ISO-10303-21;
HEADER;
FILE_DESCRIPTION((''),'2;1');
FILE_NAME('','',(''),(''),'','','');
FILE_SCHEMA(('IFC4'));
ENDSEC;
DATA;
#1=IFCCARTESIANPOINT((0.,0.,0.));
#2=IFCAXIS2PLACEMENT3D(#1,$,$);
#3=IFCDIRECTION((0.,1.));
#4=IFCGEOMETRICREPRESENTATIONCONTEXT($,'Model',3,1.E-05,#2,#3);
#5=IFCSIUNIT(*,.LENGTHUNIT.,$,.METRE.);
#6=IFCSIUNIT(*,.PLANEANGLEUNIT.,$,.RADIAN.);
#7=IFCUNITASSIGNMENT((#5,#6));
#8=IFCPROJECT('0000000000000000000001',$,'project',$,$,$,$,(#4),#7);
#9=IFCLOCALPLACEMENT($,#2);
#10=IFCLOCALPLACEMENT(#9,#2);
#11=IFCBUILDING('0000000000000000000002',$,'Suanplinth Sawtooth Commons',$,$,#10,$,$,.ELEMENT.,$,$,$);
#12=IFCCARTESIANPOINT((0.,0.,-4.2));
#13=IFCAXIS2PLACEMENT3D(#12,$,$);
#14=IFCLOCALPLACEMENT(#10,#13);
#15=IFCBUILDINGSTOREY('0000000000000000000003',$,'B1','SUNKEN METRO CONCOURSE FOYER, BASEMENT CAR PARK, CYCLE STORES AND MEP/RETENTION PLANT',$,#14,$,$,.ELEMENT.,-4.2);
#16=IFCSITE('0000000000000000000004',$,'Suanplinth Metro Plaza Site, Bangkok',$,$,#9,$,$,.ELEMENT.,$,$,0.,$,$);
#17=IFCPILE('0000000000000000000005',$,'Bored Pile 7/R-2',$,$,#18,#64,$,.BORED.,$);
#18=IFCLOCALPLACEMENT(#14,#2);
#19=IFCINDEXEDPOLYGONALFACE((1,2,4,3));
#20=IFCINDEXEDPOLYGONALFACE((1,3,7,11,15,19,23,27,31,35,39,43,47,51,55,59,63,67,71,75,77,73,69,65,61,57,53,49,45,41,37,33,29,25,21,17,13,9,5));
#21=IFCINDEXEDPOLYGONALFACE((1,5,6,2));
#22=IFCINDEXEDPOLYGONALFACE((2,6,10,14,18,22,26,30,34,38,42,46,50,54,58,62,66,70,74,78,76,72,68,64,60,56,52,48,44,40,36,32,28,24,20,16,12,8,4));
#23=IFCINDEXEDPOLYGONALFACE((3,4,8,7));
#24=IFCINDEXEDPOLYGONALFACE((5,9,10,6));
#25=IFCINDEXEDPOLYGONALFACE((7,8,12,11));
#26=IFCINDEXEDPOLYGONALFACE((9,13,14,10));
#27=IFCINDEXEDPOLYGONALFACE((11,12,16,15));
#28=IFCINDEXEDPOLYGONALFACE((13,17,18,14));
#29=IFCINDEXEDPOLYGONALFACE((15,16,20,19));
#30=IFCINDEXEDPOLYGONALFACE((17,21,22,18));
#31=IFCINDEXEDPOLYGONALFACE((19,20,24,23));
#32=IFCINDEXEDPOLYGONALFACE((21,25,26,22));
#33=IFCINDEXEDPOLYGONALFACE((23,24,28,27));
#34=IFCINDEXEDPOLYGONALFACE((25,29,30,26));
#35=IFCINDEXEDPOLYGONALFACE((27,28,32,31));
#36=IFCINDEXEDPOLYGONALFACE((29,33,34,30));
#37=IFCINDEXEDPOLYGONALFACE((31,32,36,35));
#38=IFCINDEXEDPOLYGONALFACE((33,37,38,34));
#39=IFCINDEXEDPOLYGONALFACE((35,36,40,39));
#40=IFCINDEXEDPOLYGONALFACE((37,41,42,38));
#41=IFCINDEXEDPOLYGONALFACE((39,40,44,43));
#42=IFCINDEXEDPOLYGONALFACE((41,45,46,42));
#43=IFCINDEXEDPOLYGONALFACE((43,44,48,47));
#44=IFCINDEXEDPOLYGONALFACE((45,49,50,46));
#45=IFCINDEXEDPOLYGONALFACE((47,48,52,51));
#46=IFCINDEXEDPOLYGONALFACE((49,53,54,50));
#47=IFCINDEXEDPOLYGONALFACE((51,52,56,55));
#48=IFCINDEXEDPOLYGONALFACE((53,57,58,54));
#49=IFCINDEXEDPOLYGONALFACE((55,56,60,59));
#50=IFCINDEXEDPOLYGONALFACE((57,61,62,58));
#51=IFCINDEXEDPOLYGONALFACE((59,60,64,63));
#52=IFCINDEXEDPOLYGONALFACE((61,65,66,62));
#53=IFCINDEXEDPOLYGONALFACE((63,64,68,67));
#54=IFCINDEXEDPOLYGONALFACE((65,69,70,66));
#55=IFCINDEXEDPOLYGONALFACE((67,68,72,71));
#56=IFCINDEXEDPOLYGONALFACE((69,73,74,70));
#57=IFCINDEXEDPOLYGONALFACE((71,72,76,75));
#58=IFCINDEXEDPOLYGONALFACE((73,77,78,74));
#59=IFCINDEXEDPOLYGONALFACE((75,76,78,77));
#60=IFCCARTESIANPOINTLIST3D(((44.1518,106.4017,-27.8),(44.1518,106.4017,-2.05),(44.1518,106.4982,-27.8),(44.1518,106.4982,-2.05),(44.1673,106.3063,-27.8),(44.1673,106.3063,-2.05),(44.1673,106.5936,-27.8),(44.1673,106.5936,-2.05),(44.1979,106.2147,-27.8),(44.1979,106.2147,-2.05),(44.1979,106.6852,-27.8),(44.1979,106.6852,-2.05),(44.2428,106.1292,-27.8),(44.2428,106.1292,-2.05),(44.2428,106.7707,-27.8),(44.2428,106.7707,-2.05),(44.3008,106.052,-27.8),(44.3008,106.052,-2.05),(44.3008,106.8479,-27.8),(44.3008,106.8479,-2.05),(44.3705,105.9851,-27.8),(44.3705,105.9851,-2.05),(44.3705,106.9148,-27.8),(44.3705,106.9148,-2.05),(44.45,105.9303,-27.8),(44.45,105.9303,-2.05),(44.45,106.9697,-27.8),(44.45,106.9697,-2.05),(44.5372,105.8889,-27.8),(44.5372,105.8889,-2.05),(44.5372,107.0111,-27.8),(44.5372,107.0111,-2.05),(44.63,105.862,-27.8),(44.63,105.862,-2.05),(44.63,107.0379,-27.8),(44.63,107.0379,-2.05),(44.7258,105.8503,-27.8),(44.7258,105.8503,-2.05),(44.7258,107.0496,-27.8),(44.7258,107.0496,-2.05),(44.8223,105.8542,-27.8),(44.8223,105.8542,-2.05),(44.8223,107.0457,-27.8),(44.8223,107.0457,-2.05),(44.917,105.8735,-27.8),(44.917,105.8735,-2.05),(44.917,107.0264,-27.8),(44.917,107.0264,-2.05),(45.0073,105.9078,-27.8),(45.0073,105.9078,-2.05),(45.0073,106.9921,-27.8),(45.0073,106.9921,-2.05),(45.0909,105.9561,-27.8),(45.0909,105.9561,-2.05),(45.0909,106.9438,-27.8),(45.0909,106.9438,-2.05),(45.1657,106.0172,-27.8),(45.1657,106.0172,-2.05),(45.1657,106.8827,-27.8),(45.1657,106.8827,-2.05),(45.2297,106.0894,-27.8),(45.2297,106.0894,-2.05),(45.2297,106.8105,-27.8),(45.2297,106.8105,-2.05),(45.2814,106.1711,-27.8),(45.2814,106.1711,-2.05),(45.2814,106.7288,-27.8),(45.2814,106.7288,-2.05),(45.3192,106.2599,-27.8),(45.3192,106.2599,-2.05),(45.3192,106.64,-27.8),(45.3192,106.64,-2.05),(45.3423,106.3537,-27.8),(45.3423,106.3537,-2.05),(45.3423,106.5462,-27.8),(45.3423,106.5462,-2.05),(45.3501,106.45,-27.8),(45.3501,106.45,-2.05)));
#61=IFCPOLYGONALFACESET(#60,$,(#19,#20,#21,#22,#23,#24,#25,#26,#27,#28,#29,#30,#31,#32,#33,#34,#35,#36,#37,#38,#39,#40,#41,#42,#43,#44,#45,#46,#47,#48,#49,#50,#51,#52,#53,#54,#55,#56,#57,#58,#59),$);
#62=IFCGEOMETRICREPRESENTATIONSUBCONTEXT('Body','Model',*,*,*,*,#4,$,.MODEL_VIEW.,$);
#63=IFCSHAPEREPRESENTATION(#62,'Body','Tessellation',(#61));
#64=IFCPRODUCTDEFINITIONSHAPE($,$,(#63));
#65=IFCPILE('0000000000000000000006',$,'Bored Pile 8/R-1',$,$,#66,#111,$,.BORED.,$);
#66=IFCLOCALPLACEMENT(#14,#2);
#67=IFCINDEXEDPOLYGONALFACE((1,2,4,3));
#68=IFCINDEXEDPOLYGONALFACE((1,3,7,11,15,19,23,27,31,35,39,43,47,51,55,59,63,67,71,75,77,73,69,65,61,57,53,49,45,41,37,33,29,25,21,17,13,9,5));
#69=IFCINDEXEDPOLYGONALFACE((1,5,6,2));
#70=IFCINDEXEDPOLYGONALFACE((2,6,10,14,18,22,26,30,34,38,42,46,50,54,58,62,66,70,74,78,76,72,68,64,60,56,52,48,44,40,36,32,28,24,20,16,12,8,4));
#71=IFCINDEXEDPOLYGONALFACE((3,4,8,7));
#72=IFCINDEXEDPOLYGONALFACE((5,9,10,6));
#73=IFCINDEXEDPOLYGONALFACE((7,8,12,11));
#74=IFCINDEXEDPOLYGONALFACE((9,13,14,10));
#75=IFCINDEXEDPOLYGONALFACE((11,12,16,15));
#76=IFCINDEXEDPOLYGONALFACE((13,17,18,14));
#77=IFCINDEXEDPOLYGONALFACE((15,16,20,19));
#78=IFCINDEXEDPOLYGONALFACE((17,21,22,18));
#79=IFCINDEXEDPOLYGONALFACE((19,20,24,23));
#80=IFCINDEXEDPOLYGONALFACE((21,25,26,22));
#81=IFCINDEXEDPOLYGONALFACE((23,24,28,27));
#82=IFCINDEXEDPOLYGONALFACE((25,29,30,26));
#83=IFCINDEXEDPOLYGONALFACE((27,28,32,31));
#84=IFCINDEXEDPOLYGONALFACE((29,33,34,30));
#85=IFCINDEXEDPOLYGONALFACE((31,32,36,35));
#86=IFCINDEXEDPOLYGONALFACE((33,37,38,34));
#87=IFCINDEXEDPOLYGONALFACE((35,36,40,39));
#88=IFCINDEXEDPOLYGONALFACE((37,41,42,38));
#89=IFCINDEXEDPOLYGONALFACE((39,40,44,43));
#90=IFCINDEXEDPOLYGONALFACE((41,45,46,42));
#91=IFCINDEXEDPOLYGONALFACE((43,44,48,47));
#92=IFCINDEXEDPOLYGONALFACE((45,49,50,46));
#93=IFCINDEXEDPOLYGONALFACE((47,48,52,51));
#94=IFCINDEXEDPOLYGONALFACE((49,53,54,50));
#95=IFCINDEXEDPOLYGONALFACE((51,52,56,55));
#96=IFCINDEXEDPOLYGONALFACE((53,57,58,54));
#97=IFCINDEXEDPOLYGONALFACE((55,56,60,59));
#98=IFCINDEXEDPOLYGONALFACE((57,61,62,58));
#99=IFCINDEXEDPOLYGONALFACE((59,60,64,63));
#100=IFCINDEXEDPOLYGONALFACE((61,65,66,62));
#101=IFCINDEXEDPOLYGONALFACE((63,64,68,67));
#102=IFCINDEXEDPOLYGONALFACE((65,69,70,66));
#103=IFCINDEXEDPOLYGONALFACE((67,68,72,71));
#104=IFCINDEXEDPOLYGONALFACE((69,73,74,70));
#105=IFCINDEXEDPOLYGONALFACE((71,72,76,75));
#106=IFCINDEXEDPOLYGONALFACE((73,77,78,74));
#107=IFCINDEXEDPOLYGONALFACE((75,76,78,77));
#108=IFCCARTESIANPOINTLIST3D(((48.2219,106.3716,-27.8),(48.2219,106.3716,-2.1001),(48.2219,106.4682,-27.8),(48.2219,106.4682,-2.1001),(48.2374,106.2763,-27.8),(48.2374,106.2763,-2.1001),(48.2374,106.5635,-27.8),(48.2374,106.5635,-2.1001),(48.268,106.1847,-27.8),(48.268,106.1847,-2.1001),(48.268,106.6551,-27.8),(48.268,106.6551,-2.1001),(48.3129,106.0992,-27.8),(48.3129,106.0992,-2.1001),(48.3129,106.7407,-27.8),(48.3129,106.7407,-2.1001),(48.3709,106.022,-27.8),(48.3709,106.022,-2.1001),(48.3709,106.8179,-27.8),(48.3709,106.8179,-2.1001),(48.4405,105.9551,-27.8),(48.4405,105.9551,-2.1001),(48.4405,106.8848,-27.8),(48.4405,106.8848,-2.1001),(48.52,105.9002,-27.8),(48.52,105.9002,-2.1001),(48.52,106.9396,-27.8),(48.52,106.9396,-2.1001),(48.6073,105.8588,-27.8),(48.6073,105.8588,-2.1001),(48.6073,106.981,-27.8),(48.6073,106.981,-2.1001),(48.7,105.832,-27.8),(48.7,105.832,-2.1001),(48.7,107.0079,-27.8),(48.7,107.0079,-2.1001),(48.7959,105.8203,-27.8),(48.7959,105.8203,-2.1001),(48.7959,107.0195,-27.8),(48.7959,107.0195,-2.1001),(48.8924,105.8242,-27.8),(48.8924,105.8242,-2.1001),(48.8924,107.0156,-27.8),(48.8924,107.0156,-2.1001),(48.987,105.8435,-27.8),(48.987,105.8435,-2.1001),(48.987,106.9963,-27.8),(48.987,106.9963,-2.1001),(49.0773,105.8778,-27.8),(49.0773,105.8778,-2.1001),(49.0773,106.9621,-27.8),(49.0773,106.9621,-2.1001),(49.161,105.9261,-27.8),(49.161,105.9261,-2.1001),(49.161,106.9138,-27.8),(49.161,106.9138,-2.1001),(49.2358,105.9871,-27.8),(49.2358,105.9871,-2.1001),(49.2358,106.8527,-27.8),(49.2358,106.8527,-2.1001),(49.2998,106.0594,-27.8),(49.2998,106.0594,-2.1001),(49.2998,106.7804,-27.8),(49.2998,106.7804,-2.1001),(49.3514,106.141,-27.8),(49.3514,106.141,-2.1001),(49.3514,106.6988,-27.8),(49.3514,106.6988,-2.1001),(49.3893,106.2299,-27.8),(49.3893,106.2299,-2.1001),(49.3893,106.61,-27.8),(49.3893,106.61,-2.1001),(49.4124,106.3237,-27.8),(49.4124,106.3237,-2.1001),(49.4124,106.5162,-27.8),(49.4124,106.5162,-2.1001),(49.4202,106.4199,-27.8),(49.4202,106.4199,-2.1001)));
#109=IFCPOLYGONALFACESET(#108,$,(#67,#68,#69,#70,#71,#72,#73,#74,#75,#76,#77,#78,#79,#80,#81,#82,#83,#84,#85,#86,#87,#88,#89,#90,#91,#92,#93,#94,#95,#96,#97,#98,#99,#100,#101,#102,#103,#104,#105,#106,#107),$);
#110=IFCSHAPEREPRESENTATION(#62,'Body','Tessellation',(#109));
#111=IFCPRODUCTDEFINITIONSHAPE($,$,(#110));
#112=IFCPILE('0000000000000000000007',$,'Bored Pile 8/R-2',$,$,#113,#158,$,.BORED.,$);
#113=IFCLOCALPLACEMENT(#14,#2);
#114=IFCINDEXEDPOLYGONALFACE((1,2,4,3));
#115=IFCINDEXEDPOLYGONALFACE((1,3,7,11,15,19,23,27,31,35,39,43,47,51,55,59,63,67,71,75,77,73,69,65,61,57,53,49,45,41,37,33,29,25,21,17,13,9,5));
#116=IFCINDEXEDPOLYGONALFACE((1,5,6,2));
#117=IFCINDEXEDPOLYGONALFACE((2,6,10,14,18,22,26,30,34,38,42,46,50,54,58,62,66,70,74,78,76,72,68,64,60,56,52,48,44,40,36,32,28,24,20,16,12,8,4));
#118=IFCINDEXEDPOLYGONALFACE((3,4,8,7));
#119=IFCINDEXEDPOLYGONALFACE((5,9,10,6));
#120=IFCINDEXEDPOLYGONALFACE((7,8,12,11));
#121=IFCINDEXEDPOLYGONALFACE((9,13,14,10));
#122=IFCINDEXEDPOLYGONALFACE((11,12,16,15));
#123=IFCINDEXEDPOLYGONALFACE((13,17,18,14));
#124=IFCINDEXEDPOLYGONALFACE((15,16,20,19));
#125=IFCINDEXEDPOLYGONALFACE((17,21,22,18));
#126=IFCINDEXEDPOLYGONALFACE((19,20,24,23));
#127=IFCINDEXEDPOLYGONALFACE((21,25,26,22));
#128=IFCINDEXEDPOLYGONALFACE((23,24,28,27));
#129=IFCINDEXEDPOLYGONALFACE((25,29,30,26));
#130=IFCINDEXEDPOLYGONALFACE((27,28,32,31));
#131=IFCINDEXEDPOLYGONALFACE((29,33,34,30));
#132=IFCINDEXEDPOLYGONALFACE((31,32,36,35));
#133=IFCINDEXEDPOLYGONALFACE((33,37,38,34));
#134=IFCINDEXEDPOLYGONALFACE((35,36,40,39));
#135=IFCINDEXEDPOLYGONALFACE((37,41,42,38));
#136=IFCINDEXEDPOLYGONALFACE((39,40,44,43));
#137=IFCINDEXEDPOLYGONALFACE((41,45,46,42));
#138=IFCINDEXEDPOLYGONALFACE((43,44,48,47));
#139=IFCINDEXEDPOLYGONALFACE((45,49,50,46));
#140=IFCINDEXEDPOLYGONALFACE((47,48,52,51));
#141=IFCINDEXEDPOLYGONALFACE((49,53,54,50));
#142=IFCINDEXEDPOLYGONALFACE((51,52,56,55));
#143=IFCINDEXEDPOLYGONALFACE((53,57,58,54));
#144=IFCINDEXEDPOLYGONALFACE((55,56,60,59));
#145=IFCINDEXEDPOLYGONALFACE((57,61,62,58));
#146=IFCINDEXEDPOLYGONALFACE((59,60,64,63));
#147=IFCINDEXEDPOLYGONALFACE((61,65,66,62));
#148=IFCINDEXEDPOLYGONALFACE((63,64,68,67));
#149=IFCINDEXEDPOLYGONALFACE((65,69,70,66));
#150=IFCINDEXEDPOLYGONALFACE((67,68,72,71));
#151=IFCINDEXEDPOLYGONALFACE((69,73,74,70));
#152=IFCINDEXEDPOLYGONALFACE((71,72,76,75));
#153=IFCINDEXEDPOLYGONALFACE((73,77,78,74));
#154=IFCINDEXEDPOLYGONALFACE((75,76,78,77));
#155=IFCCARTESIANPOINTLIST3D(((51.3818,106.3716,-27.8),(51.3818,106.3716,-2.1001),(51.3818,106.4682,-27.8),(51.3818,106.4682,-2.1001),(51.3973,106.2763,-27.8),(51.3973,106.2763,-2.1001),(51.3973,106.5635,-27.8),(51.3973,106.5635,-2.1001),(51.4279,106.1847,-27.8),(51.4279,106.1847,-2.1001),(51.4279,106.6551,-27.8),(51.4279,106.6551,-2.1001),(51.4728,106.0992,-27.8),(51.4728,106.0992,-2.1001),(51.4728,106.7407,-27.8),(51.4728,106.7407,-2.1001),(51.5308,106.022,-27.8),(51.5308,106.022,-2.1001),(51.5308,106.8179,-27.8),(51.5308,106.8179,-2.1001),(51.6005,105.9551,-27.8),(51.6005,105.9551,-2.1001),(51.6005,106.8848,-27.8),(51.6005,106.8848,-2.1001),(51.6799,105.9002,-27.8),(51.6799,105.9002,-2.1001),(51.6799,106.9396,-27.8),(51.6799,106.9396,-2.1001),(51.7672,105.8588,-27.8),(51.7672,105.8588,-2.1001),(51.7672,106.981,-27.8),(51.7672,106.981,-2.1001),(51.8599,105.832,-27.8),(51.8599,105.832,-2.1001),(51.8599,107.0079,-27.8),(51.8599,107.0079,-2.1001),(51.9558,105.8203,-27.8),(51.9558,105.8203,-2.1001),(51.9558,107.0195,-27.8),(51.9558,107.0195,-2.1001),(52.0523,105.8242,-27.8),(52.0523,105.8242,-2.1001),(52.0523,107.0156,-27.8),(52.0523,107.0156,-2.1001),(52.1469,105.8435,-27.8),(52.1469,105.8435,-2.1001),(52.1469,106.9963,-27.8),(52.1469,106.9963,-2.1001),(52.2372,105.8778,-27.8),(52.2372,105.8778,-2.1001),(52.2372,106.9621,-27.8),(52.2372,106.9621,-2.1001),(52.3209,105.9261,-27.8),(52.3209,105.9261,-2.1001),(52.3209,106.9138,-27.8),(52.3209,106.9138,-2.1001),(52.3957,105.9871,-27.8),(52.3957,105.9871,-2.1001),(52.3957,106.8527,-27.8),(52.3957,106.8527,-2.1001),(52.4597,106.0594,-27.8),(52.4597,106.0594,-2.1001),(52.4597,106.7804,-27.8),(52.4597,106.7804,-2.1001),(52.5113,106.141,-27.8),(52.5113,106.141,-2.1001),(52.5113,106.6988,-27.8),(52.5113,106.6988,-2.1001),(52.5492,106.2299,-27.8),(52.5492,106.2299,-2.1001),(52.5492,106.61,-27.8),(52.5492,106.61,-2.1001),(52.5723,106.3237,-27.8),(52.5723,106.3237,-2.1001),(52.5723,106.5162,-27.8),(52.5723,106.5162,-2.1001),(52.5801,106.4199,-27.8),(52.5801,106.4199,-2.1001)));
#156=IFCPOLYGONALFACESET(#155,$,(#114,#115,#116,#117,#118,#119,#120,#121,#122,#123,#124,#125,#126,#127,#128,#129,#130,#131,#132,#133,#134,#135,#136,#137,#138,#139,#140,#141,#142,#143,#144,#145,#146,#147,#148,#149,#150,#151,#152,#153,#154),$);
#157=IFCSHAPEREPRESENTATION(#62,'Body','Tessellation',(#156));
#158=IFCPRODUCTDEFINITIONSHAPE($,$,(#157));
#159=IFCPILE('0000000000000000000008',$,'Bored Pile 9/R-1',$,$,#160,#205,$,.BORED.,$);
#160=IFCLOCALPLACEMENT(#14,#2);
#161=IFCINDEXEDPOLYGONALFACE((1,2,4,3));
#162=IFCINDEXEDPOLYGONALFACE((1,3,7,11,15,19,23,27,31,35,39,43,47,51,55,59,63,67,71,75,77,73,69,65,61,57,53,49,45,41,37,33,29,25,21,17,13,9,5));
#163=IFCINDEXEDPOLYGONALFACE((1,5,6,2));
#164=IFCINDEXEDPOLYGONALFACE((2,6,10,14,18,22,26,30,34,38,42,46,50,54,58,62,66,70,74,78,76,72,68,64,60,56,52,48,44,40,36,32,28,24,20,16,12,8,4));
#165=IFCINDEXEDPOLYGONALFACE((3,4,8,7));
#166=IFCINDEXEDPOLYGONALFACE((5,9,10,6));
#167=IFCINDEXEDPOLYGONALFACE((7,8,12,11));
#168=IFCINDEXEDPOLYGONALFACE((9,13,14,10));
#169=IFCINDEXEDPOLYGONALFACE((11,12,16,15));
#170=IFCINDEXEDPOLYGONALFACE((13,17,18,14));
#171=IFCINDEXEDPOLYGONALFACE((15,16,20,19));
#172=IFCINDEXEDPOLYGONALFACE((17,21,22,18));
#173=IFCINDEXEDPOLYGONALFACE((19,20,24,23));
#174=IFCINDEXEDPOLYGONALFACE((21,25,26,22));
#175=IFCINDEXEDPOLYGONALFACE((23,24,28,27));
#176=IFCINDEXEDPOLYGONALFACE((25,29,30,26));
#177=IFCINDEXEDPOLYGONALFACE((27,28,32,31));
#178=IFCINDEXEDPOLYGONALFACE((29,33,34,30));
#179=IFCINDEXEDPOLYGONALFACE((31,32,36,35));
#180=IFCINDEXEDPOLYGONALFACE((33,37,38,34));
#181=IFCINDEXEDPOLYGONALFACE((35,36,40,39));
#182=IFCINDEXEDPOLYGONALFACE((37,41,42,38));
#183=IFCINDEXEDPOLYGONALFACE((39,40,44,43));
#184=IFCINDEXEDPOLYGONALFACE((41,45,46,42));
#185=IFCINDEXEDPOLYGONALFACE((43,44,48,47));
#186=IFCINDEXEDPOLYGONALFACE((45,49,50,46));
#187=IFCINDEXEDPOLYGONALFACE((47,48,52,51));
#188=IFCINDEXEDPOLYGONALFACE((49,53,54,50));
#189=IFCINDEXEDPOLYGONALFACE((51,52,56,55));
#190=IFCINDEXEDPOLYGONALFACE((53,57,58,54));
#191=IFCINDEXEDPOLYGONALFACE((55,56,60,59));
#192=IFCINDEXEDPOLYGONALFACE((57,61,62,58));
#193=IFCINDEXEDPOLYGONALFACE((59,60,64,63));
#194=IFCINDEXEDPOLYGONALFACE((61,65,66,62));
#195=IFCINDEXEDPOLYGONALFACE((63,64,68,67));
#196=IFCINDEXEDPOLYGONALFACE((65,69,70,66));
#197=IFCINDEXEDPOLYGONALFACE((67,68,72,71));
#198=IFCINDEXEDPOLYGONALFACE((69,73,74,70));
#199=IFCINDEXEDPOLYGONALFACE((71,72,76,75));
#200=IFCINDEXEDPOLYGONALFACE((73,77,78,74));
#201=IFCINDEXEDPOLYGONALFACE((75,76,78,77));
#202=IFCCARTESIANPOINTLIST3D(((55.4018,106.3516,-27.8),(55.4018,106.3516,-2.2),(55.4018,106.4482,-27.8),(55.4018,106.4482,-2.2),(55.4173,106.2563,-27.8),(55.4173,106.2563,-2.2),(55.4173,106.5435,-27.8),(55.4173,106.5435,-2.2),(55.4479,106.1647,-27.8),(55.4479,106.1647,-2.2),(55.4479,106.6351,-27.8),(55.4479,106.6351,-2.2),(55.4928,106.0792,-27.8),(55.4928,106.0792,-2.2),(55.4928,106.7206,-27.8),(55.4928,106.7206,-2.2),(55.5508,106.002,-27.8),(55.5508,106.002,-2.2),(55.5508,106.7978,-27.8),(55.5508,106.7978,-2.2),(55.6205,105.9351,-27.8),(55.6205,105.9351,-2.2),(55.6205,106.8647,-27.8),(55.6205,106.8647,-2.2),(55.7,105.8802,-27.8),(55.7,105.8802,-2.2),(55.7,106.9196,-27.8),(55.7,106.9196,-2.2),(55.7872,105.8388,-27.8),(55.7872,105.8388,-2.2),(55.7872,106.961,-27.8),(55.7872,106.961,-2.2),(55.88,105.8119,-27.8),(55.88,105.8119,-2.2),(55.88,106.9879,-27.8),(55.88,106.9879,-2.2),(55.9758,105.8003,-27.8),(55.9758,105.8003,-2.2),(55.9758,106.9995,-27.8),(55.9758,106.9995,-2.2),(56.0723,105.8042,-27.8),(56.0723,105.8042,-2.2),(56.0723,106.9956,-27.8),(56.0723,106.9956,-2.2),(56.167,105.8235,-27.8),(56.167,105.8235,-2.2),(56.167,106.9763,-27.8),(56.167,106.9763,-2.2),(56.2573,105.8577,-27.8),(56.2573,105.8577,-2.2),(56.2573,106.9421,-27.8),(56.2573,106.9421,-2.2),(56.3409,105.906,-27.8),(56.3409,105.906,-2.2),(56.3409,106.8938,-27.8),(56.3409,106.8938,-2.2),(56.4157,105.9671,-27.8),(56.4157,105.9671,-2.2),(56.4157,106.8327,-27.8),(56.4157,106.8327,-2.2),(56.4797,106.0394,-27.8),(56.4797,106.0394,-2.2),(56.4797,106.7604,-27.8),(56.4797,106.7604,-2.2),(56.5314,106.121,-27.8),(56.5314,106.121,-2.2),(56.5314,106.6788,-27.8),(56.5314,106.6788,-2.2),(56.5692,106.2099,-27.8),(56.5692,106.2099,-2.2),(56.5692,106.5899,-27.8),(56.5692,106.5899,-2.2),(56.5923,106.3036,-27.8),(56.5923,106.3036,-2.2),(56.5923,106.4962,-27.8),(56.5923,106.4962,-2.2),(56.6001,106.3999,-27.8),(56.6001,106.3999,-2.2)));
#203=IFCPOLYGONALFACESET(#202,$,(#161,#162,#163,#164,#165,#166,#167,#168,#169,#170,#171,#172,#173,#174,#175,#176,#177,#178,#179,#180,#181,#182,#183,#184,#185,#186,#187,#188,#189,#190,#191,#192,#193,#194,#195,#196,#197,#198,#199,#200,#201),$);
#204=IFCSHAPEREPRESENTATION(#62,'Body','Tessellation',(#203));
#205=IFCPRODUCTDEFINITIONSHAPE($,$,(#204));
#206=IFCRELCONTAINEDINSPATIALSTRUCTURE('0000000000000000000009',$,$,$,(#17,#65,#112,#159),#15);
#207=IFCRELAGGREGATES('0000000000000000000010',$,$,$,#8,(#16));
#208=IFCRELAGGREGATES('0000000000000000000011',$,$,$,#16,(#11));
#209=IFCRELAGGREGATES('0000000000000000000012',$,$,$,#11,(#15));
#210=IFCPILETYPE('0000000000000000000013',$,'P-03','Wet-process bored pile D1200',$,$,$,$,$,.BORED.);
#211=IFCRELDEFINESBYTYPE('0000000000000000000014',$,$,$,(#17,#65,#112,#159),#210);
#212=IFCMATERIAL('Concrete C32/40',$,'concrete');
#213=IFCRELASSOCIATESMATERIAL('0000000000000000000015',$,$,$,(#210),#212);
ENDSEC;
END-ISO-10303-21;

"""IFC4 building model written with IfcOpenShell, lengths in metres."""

from ifc_helpers import new_model, si_unit, direction, frame, origin, origin_2d, place, context, subcontext, project, spatial, circle, extrude, material, material_profile, profile_set, type_object, element, save


model = new_model("IFC4")

# Units and contexts
model_context = context("Model", 3, precision=1e-05, world=origin(), true_north=direction((0.0, 1.0)))
body_context = subcontext(model_context, "Body", "Model", "MODEL_VIEW")
ifc_project = project(units=[si_unit("LENGTHUNIT", "METRE"), si_unit("PLANEANGLEUNIT", "RADIAN")], contexts=[model_context])

# Site, building, storey
site_placement = place(None, origin())
site = spatial("IfcSite", under=ifc_project, at=site_placement, Name="Suanplinth Metro Plaza Site, Bangkok", CompositionType="ELEMENT", RefElevation=0.0)
building_placement = place(site_placement, origin())
building = spatial("IfcBuilding", under=site, at=building_placement, Name="Suanplinth Sawtooth Commons", CompositionType="ELEMENT")
storey_placement = place(building_placement, frame((0.0, 0.0, -4.2)))
storey = spatial("IfcBuildingStorey", under=building, at=storey_placement, Name="B1", Description="SUNKEN METRO CONCOURSE FOYER, BASEMENT CAR PARK, CYCLE STORES AND MEP/RETENTION PLANT", CompositionType="ELEMENT", Elevation=-4.2)

# Piles
ifc_material_1 = material(Name="Concrete C32/40", Category="concrete")
ifc_material_profile_1 = material_profile(ifc_material_1, circle(Radius=0.6001, at=origin_2d()), Name="PILE D1200")
ifc_profile_set_1 = profile_set([ifc_material_profile_1], Name="Concrete C32/40")
pile_type_1 = type_object("IfcPileType", Name="P-03", Description="Wet-process bored pile D1200", PredefinedType="BORED", material=ifc_profile_set_1)
pile_placement = place(storey_placement, frame((44.75, 106.45, -2.05), z_axis=(0.0, 0.0, -1.0), x_axis=(1.0, 0.0, 0.0)))
element("IfcPile", 1, at=pile_placement, inside=storey, type_object=pile_type_1, Name="Bored Pile 7/R-2", PredefinedType="BORED", context=body_context, shape_type="SweptSolid", body=[
    extrude(circle(Radius=0.6001, at=origin_2d()), origin(), (0.0, 0.0, 1.0), 25.75),
])
for number, where, z_axis, x_axis, name in (
    (2, (48.8201, 106.4199, -2.1001), (0.0, 0.0, -1.0), (1.0, 0.0, 0.0), "Bored Pile 8/R-1"),
    (3, (51.98, 106.4199, -2.1001), (0.0, 0.0, -1.0), (1.0, 0.0, 0.0), "Bored Pile 8/R-2"),
):
    element("IfcPile", number, at=place(storey_placement, frame(where, z_axis=z_axis, x_axis=x_axis)), inside=storey, type_object=pile_type_1, Name=name, PredefinedType="BORED", context=body_context, shape_type="SweptSolid", body=[
        extrude(circle(Radius=0.6001, at=origin_2d()), origin(), (0.0, 0.0, 1.0), 25.7),
    ])
for number, where, z_axis, x_axis, name in (
    (4, (56.0, 106.3999, -2.2), (0.0, 0.0, -1.0), (1.0, 0.0, 0.0), "Bored Pile 9/R-1"),
):
    element("IfcPile", number, at=place(storey_placement, frame(where, z_axis=z_axis, x_axis=x_axis)), inside=storey, type_object=pile_type_1, Name=name, PredefinedType="BORED", context=body_context, shape_type="SweptSolid", body=[
        extrude(circle(Radius=0.6001, at=origin_2d()), origin(), (0.0, 0.0, 1.0), 25.6001),
    ])

save(model, "model.ifc")
